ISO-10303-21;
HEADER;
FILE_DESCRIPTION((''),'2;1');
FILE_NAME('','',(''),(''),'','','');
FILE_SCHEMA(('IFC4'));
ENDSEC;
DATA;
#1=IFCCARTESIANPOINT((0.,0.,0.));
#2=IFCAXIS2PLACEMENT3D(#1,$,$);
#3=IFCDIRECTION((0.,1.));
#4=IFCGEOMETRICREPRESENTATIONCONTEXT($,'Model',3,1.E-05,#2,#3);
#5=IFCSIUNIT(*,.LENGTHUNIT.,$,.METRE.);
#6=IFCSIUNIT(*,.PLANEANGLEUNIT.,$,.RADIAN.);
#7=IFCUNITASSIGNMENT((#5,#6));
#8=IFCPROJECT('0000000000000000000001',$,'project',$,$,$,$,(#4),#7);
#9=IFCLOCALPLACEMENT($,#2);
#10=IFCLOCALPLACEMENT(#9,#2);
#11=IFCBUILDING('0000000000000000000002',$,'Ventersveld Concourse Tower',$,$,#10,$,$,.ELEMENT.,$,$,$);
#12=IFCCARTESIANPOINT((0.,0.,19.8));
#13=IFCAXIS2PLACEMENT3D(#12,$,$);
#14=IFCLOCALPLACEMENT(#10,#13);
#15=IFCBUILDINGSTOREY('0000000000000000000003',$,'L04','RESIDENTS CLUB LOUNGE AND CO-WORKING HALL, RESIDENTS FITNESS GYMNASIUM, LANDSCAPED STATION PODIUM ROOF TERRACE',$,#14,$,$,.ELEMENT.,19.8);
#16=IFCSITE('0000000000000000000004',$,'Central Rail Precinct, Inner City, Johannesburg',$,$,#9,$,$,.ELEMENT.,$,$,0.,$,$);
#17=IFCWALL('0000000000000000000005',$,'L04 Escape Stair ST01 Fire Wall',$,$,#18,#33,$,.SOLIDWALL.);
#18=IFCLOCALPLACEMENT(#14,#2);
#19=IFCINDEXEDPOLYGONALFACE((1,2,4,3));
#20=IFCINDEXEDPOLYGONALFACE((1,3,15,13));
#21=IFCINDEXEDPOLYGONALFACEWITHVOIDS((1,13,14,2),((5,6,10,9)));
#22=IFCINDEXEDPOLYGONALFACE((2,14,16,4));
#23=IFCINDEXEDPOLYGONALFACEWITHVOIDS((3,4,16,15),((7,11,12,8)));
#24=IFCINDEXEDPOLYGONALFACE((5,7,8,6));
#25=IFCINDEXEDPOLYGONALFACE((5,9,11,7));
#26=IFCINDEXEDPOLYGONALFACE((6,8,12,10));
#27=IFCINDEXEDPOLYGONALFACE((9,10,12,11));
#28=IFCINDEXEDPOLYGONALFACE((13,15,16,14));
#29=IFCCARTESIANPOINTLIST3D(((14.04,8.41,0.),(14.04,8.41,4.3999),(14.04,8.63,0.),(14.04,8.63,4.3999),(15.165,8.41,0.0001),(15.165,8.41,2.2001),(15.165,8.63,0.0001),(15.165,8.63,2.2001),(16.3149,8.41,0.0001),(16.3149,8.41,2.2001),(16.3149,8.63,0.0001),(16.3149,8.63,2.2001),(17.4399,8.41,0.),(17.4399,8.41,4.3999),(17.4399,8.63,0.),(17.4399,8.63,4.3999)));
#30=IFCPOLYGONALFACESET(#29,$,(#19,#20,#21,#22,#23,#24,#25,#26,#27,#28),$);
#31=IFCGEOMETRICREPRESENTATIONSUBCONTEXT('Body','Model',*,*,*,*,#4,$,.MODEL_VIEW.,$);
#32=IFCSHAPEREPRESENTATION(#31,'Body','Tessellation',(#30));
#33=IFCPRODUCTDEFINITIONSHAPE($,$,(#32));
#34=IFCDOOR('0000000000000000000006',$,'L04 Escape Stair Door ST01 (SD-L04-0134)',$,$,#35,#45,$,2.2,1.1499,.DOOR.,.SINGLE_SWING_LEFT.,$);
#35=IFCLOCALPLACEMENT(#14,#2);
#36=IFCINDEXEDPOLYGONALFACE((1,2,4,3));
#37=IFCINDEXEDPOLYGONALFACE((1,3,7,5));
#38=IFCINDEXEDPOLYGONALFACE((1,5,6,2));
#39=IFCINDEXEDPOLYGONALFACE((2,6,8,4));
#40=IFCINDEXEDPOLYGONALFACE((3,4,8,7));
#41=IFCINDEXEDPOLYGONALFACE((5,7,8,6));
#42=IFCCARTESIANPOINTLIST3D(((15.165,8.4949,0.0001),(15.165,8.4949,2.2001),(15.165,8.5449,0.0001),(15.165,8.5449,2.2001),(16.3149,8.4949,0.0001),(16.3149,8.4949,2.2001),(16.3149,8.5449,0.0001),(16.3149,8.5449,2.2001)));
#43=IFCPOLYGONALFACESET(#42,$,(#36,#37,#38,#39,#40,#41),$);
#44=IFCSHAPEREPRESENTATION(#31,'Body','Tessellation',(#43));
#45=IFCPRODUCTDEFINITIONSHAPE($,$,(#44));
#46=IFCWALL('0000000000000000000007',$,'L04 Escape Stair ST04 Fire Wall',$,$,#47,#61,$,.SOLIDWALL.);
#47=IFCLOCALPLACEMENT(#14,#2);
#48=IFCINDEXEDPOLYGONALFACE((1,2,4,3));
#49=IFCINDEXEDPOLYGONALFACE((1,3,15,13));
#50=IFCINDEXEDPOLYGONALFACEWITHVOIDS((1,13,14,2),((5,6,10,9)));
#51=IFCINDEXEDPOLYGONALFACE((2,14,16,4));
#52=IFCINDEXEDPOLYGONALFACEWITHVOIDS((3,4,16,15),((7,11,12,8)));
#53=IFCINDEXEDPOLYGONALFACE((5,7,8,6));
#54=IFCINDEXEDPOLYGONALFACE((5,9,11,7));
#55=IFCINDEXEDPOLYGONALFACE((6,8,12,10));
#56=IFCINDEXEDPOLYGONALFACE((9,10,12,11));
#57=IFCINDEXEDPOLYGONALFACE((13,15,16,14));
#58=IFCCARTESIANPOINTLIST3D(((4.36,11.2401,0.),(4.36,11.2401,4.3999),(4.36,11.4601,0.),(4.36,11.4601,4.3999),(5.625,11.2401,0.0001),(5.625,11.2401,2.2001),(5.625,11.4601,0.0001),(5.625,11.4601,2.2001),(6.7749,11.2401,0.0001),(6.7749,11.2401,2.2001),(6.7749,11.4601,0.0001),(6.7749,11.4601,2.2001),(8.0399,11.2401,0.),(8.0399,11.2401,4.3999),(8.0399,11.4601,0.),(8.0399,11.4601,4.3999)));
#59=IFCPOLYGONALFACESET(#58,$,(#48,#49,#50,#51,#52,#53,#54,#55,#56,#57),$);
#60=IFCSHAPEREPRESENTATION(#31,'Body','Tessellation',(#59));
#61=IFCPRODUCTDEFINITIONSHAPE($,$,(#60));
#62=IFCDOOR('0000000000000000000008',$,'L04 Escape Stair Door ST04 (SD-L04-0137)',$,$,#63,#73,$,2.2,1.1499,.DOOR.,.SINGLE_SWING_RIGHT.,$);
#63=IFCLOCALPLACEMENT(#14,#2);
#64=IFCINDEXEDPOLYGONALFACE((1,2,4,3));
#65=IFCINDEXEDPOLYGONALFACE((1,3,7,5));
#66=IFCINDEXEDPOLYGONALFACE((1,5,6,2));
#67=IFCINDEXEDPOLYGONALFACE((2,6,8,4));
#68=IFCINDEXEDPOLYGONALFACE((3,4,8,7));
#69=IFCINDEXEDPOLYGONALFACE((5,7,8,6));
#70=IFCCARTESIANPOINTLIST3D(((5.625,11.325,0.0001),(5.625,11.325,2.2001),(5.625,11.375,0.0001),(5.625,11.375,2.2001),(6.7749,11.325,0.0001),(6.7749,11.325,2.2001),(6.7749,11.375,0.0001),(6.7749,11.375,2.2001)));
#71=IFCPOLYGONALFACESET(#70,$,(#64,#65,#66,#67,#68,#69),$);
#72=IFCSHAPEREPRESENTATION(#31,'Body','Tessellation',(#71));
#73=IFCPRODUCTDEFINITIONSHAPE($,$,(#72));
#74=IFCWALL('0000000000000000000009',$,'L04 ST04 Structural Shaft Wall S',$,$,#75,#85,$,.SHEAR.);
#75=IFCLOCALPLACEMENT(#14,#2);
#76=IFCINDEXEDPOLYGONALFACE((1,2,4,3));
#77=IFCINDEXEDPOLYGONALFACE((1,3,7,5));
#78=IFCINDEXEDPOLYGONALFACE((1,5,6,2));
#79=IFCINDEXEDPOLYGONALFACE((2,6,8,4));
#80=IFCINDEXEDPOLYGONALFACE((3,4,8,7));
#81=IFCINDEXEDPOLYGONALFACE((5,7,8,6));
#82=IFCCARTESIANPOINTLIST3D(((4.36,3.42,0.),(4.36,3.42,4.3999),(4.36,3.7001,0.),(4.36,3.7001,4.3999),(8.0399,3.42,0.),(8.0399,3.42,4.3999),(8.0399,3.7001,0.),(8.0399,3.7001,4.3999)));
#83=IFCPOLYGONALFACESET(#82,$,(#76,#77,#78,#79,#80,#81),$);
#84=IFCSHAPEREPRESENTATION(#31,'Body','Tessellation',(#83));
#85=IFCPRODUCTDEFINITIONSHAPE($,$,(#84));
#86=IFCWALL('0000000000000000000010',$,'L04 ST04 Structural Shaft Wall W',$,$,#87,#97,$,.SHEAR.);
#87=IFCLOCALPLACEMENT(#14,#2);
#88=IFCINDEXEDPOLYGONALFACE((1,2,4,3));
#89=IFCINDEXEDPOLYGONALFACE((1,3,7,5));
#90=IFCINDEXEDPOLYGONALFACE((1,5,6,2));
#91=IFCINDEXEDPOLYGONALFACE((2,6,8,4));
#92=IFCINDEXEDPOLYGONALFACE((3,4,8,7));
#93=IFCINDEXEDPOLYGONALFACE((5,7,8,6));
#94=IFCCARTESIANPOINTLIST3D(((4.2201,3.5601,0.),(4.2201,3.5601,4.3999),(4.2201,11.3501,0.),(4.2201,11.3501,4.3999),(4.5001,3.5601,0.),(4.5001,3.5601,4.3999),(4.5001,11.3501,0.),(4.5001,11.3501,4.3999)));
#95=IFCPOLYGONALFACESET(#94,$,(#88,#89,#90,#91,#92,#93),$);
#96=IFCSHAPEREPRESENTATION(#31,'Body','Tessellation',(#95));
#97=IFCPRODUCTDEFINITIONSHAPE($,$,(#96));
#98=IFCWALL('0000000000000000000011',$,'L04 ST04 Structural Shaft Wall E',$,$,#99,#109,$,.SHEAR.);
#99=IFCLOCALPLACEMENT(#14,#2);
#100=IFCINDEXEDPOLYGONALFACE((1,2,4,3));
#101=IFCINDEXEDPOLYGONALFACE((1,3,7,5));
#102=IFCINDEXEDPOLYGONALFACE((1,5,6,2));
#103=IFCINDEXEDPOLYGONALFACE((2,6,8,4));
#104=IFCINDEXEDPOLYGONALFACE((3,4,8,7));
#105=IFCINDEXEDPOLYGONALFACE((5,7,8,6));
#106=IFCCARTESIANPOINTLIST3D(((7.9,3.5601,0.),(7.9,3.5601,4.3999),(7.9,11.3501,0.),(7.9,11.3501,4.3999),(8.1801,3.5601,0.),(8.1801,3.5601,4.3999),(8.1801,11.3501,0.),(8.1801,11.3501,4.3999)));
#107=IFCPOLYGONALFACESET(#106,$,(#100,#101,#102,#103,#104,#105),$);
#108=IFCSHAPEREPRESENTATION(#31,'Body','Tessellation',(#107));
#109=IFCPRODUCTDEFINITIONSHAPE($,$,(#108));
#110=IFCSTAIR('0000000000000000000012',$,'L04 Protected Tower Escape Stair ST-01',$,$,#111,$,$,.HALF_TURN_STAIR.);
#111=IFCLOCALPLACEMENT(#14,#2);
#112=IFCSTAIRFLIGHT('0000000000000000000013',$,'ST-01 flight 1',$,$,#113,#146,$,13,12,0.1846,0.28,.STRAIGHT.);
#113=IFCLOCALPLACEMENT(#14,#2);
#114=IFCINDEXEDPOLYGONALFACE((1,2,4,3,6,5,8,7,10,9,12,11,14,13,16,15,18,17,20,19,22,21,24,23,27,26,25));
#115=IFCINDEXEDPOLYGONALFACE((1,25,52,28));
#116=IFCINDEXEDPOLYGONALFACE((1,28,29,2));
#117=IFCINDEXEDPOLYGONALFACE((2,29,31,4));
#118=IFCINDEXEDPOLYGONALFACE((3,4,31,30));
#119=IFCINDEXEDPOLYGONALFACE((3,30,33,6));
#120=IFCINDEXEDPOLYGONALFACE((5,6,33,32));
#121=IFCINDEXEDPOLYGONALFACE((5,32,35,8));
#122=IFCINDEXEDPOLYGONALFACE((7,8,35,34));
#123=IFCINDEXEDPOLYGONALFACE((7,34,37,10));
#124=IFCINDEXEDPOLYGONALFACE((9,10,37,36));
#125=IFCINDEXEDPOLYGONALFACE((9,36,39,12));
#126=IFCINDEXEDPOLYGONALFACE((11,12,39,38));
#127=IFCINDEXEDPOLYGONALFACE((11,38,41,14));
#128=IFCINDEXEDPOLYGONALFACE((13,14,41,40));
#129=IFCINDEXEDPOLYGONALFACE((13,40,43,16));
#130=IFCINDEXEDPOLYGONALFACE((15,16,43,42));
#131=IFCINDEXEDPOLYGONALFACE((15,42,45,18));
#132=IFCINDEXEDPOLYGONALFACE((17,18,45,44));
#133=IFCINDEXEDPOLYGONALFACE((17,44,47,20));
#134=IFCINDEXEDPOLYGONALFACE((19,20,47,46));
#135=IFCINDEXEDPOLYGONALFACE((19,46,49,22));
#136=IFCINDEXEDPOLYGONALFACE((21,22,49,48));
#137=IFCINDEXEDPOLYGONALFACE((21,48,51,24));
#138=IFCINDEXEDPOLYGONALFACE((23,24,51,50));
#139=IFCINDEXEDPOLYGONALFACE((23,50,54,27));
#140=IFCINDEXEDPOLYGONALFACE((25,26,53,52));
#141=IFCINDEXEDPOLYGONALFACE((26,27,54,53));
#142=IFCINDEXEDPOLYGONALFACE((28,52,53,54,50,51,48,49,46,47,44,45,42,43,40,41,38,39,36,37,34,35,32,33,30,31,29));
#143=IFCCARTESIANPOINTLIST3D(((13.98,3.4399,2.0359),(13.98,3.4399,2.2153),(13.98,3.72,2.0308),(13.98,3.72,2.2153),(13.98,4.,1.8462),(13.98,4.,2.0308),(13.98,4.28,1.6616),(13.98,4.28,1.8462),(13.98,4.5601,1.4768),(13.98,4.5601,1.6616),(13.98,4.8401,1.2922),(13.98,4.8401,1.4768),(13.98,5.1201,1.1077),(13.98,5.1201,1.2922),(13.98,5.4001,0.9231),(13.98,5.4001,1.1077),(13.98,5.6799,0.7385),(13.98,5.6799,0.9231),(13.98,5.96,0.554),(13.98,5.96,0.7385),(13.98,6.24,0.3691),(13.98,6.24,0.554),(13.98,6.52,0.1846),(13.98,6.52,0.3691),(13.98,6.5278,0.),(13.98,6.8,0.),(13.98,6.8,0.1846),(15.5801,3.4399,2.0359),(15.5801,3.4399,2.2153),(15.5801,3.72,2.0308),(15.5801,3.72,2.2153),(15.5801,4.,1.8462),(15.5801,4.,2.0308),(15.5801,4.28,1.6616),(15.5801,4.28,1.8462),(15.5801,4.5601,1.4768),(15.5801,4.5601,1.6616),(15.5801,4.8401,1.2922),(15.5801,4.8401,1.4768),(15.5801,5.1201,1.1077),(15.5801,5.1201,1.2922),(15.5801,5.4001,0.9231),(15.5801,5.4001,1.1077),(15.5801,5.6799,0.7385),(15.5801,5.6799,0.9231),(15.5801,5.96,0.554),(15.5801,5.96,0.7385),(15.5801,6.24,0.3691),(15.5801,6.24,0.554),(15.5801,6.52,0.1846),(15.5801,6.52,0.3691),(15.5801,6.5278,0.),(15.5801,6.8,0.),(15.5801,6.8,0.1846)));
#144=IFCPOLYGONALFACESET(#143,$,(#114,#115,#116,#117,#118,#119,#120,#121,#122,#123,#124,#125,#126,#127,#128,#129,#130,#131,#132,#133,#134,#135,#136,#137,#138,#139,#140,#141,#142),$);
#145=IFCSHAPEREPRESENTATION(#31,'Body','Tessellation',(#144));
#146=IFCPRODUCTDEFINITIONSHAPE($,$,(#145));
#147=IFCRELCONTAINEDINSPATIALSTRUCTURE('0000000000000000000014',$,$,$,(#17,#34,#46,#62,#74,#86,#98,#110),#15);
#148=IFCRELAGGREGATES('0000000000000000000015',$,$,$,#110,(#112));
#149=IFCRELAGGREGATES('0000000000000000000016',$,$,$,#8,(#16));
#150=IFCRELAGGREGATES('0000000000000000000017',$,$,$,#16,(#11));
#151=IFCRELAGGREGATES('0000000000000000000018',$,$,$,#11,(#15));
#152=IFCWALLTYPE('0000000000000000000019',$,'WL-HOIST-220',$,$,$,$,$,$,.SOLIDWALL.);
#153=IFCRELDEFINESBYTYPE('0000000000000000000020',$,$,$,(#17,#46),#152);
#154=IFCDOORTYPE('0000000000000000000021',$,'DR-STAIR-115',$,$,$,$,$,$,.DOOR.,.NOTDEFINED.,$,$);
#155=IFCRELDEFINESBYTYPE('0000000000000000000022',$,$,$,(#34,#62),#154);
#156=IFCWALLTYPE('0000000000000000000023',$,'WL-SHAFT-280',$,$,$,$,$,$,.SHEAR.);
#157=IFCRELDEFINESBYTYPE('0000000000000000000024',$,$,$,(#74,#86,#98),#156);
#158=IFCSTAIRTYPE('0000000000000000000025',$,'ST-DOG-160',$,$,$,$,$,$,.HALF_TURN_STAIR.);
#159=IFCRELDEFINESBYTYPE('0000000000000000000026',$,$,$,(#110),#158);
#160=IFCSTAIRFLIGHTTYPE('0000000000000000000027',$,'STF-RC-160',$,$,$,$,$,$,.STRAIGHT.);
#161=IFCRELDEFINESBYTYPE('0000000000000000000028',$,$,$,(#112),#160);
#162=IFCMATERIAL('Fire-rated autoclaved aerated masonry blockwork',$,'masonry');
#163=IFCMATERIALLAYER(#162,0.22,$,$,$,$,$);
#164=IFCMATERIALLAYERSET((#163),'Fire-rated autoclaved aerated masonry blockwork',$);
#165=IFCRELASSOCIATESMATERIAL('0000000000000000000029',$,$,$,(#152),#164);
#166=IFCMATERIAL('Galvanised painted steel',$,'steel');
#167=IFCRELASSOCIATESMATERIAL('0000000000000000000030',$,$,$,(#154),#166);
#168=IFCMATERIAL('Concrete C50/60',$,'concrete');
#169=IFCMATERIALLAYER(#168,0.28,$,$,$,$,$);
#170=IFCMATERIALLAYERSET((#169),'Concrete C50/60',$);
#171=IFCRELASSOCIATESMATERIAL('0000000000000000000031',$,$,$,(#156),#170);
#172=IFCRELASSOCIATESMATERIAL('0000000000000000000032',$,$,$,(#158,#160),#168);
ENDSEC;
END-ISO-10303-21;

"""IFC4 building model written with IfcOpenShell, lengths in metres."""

from ifc_helpers import new_model, si_unit, direction, frame, frame_2d, origin, place, context, subcontext, project, spatial, polyline, rectangle, outline, extrude, material, layer, layer_set, type_object, element, fill, aggregate, save


model = new_model("IFC4")

# Units and contexts
model_context = context("Model", 3, precision=1e-05, world=origin(), true_north=direction((0.0, 1.0)))
body_context = subcontext(model_context, "Body", "Model", "MODEL_VIEW")
ifc_project = project(units=[si_unit("LENGTHUNIT", "METRE"), si_unit("PLANEANGLEUNIT", "RADIAN")], contexts=[model_context])

# Site, building, storey
site_placement = place(None, origin())
site = spatial("IfcSite", under=ifc_project, at=site_placement, Name="Central Rail Precinct, Inner City, Johannesburg", CompositionType="ELEMENT", RefElevation=0.0)
building_placement = place(site_placement, origin())
building = spatial("IfcBuilding", under=site, at=building_placement, Name="Ventersveld Concourse Tower", CompositionType="ELEMENT")
storey_placement = place(building_placement, frame((0.0, 0.0, 19.8)))
storey = spatial("IfcBuildingStorey", under=building, at=storey_placement, Name="L04", Description="RESIDENTS CLUB LOUNGE AND CO-WORKING HALL, RESIDENTS FITNESS GYMNASIUM, LANDSCAPED STATION PODIUM ROOF TERRACE", CompositionType="ELEMENT", Elevation=19.8)

# Shared definitions
ifc_material_1 = material(Name="Concrete C50/60", Category="concrete")

# Walls, openings, doors
ifc_material_2 = material(Name="Fire-rated autoclaved aerated masonry blockwork", Category="masonry")
ifc_layer_1 = layer(ifc_material_2, 0.22)
ifc_layer_set_1 = layer_set([ifc_layer_1], Name="Fire-rated autoclaved aerated masonry blockwork")
wall_type_1 = type_object("IfcWallType", Name="WL-HOIST-220", PredefinedType="SOLIDWALL", material=ifc_layer_set_1)
wall_1_placement = place(storey_placement, frame((14.04, 8.52, 0.0), z_axis=(0.0, 0.0, 1.0), x_axis=(1.0, 0.0, 0.0)))
wall_1 = element("IfcWall", 1, at=wall_1_placement, inside=storey, type_object=wall_type_1, Name="L04 Escape Stair ST01 Fire Wall", PredefinedType="SOLIDWALL", context=body_context, shape_type="SweptSolid", body=[
    extrude(rectangle(XDim=3.3999, YDim=0.22, at=frame_2d((1.7, 0.0))), origin(), (0.0, 0.0, 1.0), 4.3999),
])
opening_1_placement = place(wall_1_placement, frame((1.125, 0.0, 0.0)))
opening_1 = element("IfcOpeningElement", 2, at=opening_1_placement, cuts=wall_1, PredefinedType="OPENING", context=body_context, shape_type="SweptSolid", body=[
    extrude(rectangle(XDim=1.1499, YDim=2.2, at=frame_2d((0.575, 1.1001))), frame((0.0, 0.1201, 0.0), z_axis=(0.0, -1.0, 0.0), x_axis=(1.0, 0.0, 0.0)), (0.0, 0.0, 1.0), 0.24),
])
ifc_material_3 = material(Name="Galvanised painted steel", Category="steel")
door_type = type_object("IfcDoorType", Name="DR-STAIR-115", OperationType="NOTDEFINED", PredefinedType="DOOR", material=ifc_material_3)
door_1_placement = place(opening_1_placement, origin())
door_1 = element("IfcDoor", 3, at=door_1_placement, inside=storey, type_object=door_type, Name="L04 Escape Stair Door ST01 (SD-L04-0134)", OperationType="SINGLE_SWING_LEFT", OverallHeight=2.2, OverallWidth=1.1499, PredefinedType="DOOR", context=body_context, shape_type="SweptSolid", body=[
    extrude(rectangle(XDim=1.1499, YDim=2.2, at=frame_2d((0.575, 1.1001))), frame((0.0, 0.0249, 0.0), z_axis=(0.0, -1.0, 0.0), x_axis=(1.0, 0.0, 0.0)), (0.0, 0.0, 1.0), 0.05),
])
fill(opening_1, door_1)
wall_2_placement = place(storey_placement, frame((4.3601, 11.3501, 0.0), z_axis=(0.0, 0.0, 1.0), x_axis=(1.0, 0.0, 0.0)))
wall_2 = element("IfcWall", 4, at=wall_2_placement, inside=storey, type_object=wall_type_1, Name="L04 Escape Stair ST04 Fire Wall", PredefinedType="SOLIDWALL", context=body_context, shape_type="SweptSolid", body=[
    extrude(rectangle(XDim=3.6799, YDim=0.22, at=frame_2d((1.8398, 0.0))), origin(), (0.0, 0.0, 1.0), 4.3999),
])
opening_2_placement = place(wall_2_placement, frame((1.2649, 0.0, 0.0)))
opening_2 = element("IfcOpeningElement", 5, at=opening_2_placement, cuts=wall_2, PredefinedType="OPENING", context=body_context, shape_type="SweptSolid", body=[
    extrude(rectangle(XDim=1.1499, YDim=2.2, at=frame_2d((0.575, 1.1001))), frame((0.0, 0.1201, 0.0), z_axis=(0.0, -1.0, 0.0), x_axis=(1.0, 0.0, 0.0)), (0.0, 0.0, 1.0), 0.24),
])
door_2_placement = place(opening_2_placement, origin())
door_2 = element("IfcDoor", 6, at=door_2_placement, inside=storey, type_object=door_type, Name="L04 Escape Stair Door ST04 (SD-L04-0137)", OperationType="SINGLE_SWING_RIGHT", OverallHeight=2.2, OverallWidth=1.1499, PredefinedType="DOOR", context=body_context, shape_type="SweptSolid", body=[
    extrude(rectangle(XDim=1.1499, YDim=2.2, at=frame_2d((0.575, 1.1001))), frame((0.0, 0.0249, 0.0), z_axis=(0.0, -1.0, 0.0), x_axis=(1.0, 0.0, 0.0)), (0.0, 0.0, 1.0), 0.05),
])
fill(opening_2, door_2)

# Walls
ifc_layer_2 = layer(ifc_material_1, 0.28)
ifc_layer_set_2 = layer_set([ifc_layer_2], Name="Concrete C50/60")
wall_type_2 = type_object("IfcWallType", Name="WL-SHAFT-280", PredefinedType="SHEAR", material=ifc_layer_set_2)
wall_3_placement = place(storey_placement, frame((4.3601, 3.5601, 0.0), z_axis=(0.0, 0.0, 1.0), x_axis=(1.0, 0.0, 0.0)))
element("IfcWall", 7, at=wall_3_placement, inside=storey, type_object=wall_type_2, Name="L04 ST04 Structural Shaft Wall S", PredefinedType="SHEAR", context=body_context, shape_type="SweptSolid", body=[
    extrude(rectangle(XDim=3.6799, YDim=0.28, at=frame_2d((1.8398, 0.0))), origin(), (0.0, 0.0, 1.0), 4.3999),
])
for number, where, z_axis, x_axis, name in (
    (8, (4.3601, 3.5601, 0.0), (0.0, 0.0, 1.0), (0.0, 1.0, 0.0), "L04 ST04 Structural Shaft Wall W"),
    (9, (8.04, 3.5601, 0.0), (0.0, 0.0, 1.0), (0.0, 1.0, 0.0), "L04 ST04 Structural Shaft Wall E"),
):
    element("IfcWall", number, at=place(storey_placement, frame(where, z_axis=z_axis, x_axis=x_axis)), inside=storey, type_object=wall_type_2, Name=name, PredefinedType="SHEAR", context=body_context, shape_type="SweptSolid", body=[
        extrude(rectangle(XDim=7.79, YDim=0.28, at=frame_2d((3.895, 0.0))), origin(), (0.0, 0.0, 1.0), 4.3999),
    ])

# Stair, stair flight
stair_type = type_object("IfcStairType", Name="ST-DOG-160", PredefinedType="HALF_TURN_STAIR", material=ifc_material_1)
stair_placement = place(storey_placement, origin())
stair = element("IfcStair", 10, at=stair_placement, inside=storey, type_object=stair_type, Name="L04 Protected Tower Escape Stair ST-01", PredefinedType="HALF_TURN_STAIR")
stair_flight_type = type_object("IfcStairFlightType", Name="STF-RC-160", PredefinedType="STRAIGHT", material=ifc_material_1)
stair_flight_placement = place(storey_placement, frame((14.78, 6.8, 0.0), z_axis=(0.0, 0.0, 1.0), x_axis=(0.0, -1.0, 0.0)))
stair_flight = element("IfcStairFlight", 11, at=stair_flight_placement, type_object=stair_flight_type, Name="ST-01 flight 1", NumberOfRisers=13, NumberOfTreads=12, PredefinedType="STRAIGHT", RiserHeight=0.1846, TreadLength=0.28, context=body_context, shape_type="SweptSolid", body=[
    extrude(outline(polyline([(0.0, 0.0), (0.0, 0.1846), (0.28, 0.1846), (0.28, 0.3691), (0.5601, 0.3691), (0.5601, 0.554), (0.8401, 0.554), (0.8401, 0.7385), (1.1201, 0.7385), (1.1201, 0.9231), (1.3999, 0.9231), (1.3999, 1.1077), (1.6799, 1.1077), (1.6799, 1.2922), (1.96, 1.2922), (1.96, 1.4768), (2.24, 1.4768), (2.24, 1.6616), (2.52, 1.6616), (2.52, 1.8462), (2.8, 1.8462), (2.8, 2.0308), (3.0801, 2.0308), (3.0801, 2.2153), (3.3601, 2.2153), (3.3601, 2.3999), (3.3601, 2.0359), (0.2722, 0.0), (0.0, 0.0)])), frame((0.0, 0.8, 0.0), z_axis=(0.0, -1.0, 0.0), x_axis=(1.0, 0.0, 0.0)), (0.0, 0.0, 1.0), 1.6001),
])
aggregate(stair, [stair_flight])

save(model, "model.ifc")
